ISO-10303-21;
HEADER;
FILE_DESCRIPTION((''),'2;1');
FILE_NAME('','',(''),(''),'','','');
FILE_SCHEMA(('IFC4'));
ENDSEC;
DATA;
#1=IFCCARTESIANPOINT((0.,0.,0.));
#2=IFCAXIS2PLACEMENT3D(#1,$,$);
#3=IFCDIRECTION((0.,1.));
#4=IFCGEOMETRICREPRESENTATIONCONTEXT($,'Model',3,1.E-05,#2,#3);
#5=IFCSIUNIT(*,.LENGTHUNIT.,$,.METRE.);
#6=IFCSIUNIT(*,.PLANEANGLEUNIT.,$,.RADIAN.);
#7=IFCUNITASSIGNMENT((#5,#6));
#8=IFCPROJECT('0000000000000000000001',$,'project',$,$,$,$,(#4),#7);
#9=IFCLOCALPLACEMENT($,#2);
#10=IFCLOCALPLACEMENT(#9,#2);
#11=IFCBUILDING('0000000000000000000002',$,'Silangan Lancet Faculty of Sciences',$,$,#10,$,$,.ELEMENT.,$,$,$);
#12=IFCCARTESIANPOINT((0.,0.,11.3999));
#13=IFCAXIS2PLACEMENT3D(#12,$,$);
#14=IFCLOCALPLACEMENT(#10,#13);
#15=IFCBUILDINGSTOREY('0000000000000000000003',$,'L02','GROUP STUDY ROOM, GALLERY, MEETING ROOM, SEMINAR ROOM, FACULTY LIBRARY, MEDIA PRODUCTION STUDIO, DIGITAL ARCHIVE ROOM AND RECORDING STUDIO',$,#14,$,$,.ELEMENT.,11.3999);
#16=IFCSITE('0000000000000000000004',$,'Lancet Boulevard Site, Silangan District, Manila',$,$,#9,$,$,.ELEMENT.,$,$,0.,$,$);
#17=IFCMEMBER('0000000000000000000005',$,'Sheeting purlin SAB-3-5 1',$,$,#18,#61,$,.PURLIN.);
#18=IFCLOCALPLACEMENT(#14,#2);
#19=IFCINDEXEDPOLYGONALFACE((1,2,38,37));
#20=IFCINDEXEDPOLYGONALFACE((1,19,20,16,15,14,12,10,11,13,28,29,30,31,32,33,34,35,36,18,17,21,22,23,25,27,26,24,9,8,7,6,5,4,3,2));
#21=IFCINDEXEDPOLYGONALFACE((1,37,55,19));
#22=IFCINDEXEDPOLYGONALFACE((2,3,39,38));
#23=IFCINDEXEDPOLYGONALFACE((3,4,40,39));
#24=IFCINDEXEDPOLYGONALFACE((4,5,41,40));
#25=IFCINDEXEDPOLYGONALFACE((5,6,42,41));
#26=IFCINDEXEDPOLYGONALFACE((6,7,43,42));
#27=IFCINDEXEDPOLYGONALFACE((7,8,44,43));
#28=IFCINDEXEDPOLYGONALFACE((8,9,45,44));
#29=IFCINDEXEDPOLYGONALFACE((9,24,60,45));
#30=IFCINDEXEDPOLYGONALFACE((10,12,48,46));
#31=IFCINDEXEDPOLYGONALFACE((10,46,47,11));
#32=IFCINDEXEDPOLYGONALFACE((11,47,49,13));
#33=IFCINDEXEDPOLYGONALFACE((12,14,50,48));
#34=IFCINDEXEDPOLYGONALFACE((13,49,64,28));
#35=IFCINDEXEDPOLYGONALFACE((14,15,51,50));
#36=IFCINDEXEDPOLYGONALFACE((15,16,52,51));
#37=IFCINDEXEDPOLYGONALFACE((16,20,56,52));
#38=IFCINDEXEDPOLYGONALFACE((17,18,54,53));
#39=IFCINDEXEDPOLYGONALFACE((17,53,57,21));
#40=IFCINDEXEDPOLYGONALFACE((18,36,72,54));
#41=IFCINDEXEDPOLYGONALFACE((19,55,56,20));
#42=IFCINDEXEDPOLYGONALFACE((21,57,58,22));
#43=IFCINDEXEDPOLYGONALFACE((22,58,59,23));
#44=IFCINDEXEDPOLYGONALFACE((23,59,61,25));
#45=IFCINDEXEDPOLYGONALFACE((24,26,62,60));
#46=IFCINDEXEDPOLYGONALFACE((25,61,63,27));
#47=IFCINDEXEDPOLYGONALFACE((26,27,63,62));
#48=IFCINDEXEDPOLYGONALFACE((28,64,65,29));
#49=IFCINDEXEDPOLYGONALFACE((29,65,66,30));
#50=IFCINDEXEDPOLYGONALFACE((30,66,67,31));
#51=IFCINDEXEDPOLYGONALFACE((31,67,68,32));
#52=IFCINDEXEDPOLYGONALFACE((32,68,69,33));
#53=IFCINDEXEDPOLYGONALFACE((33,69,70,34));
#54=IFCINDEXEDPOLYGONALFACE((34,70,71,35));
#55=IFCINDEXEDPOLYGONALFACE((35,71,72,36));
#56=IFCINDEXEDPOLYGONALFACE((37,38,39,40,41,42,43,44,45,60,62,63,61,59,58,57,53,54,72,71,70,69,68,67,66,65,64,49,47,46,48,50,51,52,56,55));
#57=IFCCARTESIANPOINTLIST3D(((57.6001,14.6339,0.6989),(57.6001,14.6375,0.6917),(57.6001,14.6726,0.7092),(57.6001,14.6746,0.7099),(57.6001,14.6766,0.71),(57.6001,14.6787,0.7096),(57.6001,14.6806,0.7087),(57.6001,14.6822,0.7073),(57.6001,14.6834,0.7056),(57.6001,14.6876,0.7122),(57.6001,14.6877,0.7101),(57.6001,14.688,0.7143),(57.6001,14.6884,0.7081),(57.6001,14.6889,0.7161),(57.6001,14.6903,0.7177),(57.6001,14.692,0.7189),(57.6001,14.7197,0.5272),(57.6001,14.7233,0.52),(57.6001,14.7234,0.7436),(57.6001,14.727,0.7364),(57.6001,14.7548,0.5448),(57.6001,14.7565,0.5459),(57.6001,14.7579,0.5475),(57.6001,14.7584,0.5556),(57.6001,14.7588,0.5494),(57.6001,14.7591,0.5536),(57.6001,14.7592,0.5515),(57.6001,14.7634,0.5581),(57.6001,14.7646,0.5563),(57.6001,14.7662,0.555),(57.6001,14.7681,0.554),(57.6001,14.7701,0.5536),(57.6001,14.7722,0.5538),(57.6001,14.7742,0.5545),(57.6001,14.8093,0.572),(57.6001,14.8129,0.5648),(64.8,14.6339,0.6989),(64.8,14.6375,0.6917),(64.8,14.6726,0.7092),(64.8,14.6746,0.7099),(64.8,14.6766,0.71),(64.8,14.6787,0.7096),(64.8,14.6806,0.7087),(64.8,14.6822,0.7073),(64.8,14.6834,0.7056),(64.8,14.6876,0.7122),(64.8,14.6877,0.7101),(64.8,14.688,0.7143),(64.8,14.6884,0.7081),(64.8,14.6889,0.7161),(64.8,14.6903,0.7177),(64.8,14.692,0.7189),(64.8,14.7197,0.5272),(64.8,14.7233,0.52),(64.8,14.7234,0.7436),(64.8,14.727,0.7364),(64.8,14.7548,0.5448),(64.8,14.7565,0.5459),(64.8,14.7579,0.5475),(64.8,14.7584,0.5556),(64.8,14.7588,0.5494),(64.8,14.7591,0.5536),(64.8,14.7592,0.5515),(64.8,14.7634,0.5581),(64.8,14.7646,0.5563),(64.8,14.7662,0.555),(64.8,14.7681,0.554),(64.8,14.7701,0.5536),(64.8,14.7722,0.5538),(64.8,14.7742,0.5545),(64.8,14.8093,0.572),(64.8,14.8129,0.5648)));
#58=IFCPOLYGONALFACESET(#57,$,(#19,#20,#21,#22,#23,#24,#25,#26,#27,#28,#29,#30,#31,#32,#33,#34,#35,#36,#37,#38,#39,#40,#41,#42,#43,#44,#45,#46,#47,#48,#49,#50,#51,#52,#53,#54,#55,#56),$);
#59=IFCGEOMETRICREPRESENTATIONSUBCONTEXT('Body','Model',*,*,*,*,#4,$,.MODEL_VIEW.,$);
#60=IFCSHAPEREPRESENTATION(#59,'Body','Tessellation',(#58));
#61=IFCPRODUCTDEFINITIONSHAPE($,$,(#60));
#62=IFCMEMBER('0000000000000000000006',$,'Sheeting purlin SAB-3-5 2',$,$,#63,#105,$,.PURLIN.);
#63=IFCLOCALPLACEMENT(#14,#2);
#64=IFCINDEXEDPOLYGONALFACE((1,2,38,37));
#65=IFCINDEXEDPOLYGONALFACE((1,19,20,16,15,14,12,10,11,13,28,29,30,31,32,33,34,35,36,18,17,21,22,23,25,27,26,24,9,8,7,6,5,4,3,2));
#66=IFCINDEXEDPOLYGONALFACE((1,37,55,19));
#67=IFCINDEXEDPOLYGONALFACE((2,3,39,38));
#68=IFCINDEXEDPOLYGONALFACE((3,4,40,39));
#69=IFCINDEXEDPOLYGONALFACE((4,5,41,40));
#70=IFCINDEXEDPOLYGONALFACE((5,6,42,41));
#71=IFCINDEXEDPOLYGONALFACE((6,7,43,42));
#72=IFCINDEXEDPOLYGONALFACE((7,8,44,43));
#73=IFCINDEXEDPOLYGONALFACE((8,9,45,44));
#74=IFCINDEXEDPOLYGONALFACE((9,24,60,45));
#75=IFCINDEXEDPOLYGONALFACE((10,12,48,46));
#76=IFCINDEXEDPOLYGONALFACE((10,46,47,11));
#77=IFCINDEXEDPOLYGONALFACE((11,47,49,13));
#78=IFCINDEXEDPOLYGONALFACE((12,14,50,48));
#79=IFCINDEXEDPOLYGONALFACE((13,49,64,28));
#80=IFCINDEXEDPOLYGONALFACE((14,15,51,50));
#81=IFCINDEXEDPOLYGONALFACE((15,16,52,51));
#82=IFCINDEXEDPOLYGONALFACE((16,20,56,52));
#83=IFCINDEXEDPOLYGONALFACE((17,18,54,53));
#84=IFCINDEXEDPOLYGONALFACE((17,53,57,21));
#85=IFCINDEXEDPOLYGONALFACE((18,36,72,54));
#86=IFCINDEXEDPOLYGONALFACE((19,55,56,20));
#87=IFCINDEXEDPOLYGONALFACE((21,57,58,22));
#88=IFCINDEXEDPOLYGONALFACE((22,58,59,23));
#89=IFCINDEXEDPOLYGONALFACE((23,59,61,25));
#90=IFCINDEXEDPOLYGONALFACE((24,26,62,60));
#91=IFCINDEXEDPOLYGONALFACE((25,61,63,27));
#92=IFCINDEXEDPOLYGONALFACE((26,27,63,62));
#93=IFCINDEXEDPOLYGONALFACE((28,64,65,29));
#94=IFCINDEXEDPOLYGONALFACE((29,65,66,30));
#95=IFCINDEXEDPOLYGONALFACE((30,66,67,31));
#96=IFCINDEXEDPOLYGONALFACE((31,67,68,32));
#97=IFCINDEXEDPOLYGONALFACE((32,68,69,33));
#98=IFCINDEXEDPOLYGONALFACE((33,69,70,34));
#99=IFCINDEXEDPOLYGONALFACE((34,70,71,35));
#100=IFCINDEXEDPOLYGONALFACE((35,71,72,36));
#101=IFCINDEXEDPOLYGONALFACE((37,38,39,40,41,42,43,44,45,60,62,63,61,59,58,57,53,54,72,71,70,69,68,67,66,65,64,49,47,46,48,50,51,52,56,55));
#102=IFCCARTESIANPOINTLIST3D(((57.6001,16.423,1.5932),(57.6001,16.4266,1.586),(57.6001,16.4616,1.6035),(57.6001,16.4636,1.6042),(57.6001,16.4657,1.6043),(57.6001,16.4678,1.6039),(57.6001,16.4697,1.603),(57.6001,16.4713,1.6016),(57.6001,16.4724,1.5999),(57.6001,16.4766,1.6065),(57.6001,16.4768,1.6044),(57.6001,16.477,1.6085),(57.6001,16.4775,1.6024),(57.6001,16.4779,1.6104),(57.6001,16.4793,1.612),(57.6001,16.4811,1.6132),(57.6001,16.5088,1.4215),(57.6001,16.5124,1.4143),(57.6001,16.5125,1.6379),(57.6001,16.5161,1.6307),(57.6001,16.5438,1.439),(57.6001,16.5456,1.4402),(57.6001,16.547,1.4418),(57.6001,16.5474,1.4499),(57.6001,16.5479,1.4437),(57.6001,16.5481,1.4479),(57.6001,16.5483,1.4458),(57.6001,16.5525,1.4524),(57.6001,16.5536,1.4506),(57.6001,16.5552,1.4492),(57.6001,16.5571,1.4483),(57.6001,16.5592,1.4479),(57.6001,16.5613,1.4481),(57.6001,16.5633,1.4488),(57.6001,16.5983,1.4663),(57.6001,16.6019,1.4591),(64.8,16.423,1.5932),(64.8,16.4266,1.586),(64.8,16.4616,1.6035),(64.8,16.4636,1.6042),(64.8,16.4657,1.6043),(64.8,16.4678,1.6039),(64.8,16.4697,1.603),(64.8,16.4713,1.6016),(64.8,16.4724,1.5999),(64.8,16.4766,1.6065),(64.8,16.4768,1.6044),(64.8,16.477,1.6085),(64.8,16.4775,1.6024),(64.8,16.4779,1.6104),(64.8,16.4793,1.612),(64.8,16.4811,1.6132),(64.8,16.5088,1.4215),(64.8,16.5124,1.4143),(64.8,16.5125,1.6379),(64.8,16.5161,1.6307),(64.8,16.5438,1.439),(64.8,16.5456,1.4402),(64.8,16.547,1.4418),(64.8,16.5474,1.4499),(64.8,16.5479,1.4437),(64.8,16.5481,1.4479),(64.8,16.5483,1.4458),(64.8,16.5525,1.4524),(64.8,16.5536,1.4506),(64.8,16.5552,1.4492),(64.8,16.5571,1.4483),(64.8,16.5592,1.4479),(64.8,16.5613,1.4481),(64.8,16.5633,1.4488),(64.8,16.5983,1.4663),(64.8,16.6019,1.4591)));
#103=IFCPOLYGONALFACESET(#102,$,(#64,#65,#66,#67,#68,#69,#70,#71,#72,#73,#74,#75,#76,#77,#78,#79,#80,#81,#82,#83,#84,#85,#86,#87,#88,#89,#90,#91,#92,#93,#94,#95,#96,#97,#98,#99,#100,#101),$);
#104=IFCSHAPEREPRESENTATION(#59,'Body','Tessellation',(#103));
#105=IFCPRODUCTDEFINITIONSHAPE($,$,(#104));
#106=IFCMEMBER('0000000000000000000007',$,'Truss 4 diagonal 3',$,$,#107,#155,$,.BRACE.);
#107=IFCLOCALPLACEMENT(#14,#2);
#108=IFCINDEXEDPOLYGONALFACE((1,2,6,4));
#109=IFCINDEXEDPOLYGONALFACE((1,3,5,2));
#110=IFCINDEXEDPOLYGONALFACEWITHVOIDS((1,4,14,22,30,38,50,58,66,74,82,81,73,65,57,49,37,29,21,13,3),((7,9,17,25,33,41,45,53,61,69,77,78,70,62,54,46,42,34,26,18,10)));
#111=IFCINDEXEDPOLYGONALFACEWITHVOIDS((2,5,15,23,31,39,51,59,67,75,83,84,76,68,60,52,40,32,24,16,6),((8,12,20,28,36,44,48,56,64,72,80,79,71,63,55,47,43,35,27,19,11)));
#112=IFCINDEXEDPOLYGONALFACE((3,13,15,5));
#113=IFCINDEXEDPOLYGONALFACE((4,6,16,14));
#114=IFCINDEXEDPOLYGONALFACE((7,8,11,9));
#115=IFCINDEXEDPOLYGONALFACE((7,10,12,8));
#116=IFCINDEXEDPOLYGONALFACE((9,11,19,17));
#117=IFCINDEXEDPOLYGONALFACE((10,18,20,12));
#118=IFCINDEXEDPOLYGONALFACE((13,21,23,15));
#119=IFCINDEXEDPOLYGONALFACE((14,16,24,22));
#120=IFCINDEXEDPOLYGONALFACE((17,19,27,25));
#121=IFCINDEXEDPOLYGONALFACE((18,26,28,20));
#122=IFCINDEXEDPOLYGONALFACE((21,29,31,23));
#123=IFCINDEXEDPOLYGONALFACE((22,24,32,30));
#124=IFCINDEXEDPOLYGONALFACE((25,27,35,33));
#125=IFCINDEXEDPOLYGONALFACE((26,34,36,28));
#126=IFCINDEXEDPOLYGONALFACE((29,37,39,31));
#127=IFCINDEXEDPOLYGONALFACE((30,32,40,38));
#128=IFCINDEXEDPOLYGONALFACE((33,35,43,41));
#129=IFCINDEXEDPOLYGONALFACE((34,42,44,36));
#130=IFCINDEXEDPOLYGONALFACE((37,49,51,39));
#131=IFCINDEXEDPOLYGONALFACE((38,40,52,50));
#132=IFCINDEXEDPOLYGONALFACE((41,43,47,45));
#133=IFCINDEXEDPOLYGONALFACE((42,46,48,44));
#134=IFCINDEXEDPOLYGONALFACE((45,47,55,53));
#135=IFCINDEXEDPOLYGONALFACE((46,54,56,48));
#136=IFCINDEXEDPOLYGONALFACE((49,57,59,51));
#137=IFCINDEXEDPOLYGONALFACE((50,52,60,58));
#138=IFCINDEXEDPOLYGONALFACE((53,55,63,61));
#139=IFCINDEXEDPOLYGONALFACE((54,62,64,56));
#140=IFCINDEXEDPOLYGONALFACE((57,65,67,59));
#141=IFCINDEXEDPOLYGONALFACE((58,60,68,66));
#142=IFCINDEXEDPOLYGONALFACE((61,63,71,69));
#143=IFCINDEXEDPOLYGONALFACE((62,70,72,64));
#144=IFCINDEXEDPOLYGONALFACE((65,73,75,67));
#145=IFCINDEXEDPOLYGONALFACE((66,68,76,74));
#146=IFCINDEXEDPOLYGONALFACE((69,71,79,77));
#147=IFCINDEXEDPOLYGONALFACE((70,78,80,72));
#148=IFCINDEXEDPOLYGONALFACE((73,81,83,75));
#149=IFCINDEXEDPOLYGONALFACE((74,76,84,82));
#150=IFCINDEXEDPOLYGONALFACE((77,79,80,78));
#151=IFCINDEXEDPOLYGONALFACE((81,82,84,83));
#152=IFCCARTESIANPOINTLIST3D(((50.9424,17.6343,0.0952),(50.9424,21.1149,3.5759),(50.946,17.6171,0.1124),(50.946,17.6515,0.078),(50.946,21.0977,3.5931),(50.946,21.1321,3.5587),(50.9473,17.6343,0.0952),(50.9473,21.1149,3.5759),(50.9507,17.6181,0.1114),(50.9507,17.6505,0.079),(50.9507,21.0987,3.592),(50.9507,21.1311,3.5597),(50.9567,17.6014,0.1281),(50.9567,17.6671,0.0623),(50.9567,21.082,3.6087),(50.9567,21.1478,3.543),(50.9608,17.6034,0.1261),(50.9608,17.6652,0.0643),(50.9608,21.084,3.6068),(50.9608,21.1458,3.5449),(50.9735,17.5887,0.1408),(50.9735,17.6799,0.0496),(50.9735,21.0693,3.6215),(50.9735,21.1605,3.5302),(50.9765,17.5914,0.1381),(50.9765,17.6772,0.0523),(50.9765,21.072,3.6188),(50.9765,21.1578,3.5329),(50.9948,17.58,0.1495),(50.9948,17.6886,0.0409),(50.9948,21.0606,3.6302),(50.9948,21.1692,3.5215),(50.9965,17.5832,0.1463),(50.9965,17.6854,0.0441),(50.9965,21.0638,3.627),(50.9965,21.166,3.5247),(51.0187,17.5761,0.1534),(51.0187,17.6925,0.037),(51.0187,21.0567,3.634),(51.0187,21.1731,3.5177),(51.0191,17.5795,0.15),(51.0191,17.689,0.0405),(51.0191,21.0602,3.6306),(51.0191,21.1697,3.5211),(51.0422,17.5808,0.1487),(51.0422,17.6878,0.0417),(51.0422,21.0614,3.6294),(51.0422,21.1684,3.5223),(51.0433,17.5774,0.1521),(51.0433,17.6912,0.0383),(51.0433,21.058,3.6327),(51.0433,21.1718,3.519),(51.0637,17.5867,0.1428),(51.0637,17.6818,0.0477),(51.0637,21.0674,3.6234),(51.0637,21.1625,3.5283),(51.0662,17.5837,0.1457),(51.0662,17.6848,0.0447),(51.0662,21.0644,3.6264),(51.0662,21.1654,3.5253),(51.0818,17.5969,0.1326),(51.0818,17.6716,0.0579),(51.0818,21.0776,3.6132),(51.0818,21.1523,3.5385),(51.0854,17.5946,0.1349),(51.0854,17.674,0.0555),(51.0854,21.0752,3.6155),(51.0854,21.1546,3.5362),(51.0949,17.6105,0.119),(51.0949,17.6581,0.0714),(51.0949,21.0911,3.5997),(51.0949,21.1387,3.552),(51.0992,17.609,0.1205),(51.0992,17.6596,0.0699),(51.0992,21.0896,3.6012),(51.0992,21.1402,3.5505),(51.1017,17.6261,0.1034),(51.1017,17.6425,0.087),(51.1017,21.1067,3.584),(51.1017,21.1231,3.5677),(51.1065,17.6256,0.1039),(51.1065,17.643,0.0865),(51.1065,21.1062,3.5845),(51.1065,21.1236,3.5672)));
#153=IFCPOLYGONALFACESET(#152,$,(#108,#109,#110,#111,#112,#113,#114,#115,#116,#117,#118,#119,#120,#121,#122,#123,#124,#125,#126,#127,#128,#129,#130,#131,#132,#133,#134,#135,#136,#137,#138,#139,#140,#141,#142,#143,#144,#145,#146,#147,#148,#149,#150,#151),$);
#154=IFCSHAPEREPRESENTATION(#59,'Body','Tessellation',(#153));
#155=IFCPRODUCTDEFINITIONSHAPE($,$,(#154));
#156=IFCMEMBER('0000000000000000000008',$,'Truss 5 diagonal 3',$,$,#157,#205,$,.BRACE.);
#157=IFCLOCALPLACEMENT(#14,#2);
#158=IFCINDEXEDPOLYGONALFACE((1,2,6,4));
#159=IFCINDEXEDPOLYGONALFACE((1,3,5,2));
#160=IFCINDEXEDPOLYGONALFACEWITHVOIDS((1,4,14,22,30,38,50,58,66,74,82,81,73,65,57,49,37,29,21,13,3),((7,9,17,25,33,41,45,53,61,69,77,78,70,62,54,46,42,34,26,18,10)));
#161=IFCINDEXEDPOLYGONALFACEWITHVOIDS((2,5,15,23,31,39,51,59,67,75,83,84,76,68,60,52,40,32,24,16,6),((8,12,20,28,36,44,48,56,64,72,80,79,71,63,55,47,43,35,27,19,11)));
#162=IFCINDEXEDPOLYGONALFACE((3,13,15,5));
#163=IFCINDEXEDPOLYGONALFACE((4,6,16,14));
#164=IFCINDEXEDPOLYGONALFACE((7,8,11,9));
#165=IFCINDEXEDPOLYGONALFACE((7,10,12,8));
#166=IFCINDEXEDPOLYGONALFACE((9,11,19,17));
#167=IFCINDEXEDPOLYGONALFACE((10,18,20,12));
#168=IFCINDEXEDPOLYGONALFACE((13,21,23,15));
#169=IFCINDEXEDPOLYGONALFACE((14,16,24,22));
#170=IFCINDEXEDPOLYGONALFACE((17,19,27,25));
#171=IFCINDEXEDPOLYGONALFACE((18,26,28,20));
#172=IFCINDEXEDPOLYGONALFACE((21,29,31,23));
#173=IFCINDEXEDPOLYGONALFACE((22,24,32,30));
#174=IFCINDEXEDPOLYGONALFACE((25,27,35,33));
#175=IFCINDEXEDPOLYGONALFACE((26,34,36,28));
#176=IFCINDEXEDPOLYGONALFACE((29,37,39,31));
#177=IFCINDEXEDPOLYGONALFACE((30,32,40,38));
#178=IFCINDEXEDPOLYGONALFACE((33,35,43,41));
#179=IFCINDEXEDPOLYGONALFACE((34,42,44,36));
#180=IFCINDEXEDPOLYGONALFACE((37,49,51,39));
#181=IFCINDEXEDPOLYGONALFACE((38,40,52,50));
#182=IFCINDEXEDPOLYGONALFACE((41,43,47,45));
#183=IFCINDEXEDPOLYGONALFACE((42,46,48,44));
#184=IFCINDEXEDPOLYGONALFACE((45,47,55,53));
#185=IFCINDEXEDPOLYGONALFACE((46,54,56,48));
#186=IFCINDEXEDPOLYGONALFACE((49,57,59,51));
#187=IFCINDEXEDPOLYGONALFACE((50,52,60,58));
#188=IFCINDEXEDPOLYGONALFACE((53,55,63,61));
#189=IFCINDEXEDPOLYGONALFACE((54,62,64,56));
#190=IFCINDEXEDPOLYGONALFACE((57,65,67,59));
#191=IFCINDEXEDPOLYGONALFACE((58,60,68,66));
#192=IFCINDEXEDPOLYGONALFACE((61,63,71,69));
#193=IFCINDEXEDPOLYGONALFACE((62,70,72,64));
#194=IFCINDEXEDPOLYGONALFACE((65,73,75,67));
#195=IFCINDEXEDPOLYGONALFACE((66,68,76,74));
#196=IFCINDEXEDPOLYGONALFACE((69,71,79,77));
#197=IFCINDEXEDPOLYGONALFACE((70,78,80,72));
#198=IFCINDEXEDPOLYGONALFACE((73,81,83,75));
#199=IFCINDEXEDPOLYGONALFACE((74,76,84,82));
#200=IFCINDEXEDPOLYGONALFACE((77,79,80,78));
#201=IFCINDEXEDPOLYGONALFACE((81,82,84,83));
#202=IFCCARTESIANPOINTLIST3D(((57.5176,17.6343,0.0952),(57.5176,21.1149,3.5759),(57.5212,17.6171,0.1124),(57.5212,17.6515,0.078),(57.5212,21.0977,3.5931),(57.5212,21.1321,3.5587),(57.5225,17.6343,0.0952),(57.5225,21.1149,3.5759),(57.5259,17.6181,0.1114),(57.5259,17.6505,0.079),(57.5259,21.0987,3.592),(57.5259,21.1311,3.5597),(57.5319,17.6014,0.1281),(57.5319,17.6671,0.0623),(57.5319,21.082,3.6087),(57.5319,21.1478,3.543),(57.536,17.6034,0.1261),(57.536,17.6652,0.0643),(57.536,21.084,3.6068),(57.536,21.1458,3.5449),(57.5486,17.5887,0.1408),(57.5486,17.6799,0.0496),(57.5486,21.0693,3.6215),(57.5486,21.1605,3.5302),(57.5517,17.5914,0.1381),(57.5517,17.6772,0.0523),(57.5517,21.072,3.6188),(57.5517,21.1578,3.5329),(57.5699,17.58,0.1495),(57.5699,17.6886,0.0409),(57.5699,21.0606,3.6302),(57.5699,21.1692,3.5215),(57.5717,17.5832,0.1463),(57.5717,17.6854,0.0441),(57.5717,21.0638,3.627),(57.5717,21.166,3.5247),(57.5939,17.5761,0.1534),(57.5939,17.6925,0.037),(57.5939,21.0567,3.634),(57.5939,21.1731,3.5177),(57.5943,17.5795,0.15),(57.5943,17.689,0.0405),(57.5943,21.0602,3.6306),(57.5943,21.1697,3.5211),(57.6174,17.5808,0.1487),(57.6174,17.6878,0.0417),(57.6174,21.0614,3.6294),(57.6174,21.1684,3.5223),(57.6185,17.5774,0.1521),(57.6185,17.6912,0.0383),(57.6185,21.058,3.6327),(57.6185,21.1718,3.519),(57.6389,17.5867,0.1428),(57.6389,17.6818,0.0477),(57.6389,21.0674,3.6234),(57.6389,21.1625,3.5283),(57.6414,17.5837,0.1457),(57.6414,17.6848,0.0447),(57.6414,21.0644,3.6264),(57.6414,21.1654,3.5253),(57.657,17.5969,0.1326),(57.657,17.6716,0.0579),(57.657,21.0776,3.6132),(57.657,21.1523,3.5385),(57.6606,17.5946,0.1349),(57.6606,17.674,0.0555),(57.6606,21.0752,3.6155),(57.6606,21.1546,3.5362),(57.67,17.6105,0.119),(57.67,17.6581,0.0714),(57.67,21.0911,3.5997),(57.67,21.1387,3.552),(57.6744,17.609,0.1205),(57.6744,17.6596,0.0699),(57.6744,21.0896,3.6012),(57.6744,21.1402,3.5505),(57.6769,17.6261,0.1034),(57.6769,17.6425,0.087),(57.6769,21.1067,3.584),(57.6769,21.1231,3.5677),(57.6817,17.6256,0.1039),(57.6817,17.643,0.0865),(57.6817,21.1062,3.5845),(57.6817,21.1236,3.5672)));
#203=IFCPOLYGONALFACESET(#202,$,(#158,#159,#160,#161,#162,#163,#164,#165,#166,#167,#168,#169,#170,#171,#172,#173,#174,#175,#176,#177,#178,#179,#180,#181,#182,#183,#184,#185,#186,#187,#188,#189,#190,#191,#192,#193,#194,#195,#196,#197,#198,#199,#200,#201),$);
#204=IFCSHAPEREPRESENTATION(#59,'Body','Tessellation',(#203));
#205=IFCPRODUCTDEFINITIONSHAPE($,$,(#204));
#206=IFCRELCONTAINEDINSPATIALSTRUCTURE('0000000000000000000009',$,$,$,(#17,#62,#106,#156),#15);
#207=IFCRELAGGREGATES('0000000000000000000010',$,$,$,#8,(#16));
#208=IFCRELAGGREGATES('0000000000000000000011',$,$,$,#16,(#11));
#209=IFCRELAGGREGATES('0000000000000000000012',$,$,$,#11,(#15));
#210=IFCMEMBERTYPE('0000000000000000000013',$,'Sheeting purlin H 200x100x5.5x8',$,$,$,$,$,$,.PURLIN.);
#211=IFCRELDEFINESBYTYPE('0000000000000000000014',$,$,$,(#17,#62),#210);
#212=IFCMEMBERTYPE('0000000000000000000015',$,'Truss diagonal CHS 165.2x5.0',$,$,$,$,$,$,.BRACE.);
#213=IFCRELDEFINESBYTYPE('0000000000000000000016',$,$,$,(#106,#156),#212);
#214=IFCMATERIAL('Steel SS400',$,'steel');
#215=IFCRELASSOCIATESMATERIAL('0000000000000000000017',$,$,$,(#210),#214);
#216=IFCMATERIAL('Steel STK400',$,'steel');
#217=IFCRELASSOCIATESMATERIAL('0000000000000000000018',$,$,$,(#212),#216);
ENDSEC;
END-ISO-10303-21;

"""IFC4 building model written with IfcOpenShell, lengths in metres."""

from ifc_helpers import new_model, si_unit, direction, frame, origin, origin_2d, place, context, subcontext, project, spatial, hollow_circle, i_section, extrude, material, material_profile, profile_set, type_object, element, save


model = new_model("IFC4")

# Units and contexts
model_context = context("Model", 3, precision=1e-05, world=origin(), true_north=direction((0.0, 1.0)))
body_context = subcontext(model_context, "Body", "Model", "MODEL_VIEW")
ifc_project = project(units=[si_unit("LENGTHUNIT", "METRE"), si_unit("PLANEANGLEUNIT", "RADIAN")], contexts=[model_context])

# Site, building, storey
site_placement = place(None, origin())
site = spatial("IfcSite", under=ifc_project, at=site_placement, Name="Lancet Boulevard Site, Silangan District, Manila", CompositionType="ELEMENT", RefElevation=0.0)
building_placement = place(site_placement, origin())
building = spatial("IfcBuilding", under=site, at=building_placement, Name="Silangan Lancet Faculty of Sciences", CompositionType="ELEMENT")
storey_placement = place(building_placement, frame((0.0, 0.0, 11.3999)))
storey = spatial("IfcBuildingStorey", under=building, at=storey_placement, Name="L02", Description="GROUP STUDY ROOM, GALLERY, MEETING ROOM, SEMINAR ROOM, FACULTY LIBRARY, MEDIA PRODUCTION STUDIO, DIGITAL ARCHIVE ROOM AND RECORDING STUDIO", CompositionType="ELEMENT", Elevation=11.3999)

# Members
ifc_material_1 = material(Name="Steel SS400", Category="steel")
ifc_material_profile_1 = material_profile(ifc_material_1, i_section(OverallWidth=0.1001, OverallDepth=0.2, WebThickness=0.0056, FlangeThickness=0.0081, FilletRadius=0.0081, at=origin_2d()), Name="H 200x100x5.5x8")
ifc_profile_set_1 = profile_set([ifc_material_profile_1], Name="Steel SS400")
member_type_1 = type_object("IfcMemberType", Name="Sheeting purlin H 200x100x5.5x8", PredefinedType="PURLIN", material=ifc_profile_set_1)
for number, where, z_axis, x_axis, name in (
    (1, (57.6001, 14.7234, 0.6318), (1.0, 0.0, 0.0), (0.0, 0.894427, 0.447214), "Sheeting purlin SAB-3-5 1"),
    (2, (57.6001, 16.5125, 1.5261), (1.0, 0.0, 0.0), (0.0, 0.894427, 0.447214), "Sheeting purlin SAB-3-5 2"),
):
    element("IfcMember", number, at=place(storey_placement, frame(where, z_axis=z_axis, x_axis=x_axis)), inside=storey, type_object=member_type_1, Name=name, PredefinedType="PURLIN", context=body_context, shape_type="SweptSolid", body=[
        extrude(i_section(OverallWidth=0.1001, OverallDepth=0.2, WebThickness=0.0056, FlangeThickness=0.0081, FilletRadius=0.0081, at=origin_2d()), origin(), (0.0, 0.0, 1.0), 7.2),
    ])
ifc_material_2 = material(Name="Steel STK400", Category="steel")
ifc_material_profile_2 = material_profile(ifc_material_2, hollow_circle(Radius=0.0825, WallThickness=0.0049, at=origin_2d()), Name="CHS 165.2x5.0")
ifc_profile_set_2 = profile_set([ifc_material_profile_2], Name="Steel STK400")
member_type_2 = type_object("IfcMemberType", Name="Truss diagonal CHS 165.2x5.0", PredefinedType="BRACE", material=ifc_profile_set_2)
for number, where, z_axis, x_axis, name in (
    (3, (51.0249, 17.6343, 0.0952), (0.0, 0.707107, 0.707107), (-1.0, 0.0, 0.0), "Truss 4 diagonal 3"),
    (4, (57.6001, 17.6343, 0.0952), (0.0, 0.707107, 0.707107), (-1.0, 0.0, 0.0), "Truss 5 diagonal 3"),
):
    element("IfcMember", number, at=place(storey_placement, frame(where, z_axis=z_axis, x_axis=x_axis)), inside=storey, type_object=member_type_2, Name=name, PredefinedType="BRACE", context=body_context, shape_type="SweptSolid", body=[
        extrude(hollow_circle(Radius=0.0825, WallThickness=0.0049, at=origin_2d()), origin(), (0.0, 0.0, 1.0), 4.9224),
    ])

save(model, "model.ifc")
